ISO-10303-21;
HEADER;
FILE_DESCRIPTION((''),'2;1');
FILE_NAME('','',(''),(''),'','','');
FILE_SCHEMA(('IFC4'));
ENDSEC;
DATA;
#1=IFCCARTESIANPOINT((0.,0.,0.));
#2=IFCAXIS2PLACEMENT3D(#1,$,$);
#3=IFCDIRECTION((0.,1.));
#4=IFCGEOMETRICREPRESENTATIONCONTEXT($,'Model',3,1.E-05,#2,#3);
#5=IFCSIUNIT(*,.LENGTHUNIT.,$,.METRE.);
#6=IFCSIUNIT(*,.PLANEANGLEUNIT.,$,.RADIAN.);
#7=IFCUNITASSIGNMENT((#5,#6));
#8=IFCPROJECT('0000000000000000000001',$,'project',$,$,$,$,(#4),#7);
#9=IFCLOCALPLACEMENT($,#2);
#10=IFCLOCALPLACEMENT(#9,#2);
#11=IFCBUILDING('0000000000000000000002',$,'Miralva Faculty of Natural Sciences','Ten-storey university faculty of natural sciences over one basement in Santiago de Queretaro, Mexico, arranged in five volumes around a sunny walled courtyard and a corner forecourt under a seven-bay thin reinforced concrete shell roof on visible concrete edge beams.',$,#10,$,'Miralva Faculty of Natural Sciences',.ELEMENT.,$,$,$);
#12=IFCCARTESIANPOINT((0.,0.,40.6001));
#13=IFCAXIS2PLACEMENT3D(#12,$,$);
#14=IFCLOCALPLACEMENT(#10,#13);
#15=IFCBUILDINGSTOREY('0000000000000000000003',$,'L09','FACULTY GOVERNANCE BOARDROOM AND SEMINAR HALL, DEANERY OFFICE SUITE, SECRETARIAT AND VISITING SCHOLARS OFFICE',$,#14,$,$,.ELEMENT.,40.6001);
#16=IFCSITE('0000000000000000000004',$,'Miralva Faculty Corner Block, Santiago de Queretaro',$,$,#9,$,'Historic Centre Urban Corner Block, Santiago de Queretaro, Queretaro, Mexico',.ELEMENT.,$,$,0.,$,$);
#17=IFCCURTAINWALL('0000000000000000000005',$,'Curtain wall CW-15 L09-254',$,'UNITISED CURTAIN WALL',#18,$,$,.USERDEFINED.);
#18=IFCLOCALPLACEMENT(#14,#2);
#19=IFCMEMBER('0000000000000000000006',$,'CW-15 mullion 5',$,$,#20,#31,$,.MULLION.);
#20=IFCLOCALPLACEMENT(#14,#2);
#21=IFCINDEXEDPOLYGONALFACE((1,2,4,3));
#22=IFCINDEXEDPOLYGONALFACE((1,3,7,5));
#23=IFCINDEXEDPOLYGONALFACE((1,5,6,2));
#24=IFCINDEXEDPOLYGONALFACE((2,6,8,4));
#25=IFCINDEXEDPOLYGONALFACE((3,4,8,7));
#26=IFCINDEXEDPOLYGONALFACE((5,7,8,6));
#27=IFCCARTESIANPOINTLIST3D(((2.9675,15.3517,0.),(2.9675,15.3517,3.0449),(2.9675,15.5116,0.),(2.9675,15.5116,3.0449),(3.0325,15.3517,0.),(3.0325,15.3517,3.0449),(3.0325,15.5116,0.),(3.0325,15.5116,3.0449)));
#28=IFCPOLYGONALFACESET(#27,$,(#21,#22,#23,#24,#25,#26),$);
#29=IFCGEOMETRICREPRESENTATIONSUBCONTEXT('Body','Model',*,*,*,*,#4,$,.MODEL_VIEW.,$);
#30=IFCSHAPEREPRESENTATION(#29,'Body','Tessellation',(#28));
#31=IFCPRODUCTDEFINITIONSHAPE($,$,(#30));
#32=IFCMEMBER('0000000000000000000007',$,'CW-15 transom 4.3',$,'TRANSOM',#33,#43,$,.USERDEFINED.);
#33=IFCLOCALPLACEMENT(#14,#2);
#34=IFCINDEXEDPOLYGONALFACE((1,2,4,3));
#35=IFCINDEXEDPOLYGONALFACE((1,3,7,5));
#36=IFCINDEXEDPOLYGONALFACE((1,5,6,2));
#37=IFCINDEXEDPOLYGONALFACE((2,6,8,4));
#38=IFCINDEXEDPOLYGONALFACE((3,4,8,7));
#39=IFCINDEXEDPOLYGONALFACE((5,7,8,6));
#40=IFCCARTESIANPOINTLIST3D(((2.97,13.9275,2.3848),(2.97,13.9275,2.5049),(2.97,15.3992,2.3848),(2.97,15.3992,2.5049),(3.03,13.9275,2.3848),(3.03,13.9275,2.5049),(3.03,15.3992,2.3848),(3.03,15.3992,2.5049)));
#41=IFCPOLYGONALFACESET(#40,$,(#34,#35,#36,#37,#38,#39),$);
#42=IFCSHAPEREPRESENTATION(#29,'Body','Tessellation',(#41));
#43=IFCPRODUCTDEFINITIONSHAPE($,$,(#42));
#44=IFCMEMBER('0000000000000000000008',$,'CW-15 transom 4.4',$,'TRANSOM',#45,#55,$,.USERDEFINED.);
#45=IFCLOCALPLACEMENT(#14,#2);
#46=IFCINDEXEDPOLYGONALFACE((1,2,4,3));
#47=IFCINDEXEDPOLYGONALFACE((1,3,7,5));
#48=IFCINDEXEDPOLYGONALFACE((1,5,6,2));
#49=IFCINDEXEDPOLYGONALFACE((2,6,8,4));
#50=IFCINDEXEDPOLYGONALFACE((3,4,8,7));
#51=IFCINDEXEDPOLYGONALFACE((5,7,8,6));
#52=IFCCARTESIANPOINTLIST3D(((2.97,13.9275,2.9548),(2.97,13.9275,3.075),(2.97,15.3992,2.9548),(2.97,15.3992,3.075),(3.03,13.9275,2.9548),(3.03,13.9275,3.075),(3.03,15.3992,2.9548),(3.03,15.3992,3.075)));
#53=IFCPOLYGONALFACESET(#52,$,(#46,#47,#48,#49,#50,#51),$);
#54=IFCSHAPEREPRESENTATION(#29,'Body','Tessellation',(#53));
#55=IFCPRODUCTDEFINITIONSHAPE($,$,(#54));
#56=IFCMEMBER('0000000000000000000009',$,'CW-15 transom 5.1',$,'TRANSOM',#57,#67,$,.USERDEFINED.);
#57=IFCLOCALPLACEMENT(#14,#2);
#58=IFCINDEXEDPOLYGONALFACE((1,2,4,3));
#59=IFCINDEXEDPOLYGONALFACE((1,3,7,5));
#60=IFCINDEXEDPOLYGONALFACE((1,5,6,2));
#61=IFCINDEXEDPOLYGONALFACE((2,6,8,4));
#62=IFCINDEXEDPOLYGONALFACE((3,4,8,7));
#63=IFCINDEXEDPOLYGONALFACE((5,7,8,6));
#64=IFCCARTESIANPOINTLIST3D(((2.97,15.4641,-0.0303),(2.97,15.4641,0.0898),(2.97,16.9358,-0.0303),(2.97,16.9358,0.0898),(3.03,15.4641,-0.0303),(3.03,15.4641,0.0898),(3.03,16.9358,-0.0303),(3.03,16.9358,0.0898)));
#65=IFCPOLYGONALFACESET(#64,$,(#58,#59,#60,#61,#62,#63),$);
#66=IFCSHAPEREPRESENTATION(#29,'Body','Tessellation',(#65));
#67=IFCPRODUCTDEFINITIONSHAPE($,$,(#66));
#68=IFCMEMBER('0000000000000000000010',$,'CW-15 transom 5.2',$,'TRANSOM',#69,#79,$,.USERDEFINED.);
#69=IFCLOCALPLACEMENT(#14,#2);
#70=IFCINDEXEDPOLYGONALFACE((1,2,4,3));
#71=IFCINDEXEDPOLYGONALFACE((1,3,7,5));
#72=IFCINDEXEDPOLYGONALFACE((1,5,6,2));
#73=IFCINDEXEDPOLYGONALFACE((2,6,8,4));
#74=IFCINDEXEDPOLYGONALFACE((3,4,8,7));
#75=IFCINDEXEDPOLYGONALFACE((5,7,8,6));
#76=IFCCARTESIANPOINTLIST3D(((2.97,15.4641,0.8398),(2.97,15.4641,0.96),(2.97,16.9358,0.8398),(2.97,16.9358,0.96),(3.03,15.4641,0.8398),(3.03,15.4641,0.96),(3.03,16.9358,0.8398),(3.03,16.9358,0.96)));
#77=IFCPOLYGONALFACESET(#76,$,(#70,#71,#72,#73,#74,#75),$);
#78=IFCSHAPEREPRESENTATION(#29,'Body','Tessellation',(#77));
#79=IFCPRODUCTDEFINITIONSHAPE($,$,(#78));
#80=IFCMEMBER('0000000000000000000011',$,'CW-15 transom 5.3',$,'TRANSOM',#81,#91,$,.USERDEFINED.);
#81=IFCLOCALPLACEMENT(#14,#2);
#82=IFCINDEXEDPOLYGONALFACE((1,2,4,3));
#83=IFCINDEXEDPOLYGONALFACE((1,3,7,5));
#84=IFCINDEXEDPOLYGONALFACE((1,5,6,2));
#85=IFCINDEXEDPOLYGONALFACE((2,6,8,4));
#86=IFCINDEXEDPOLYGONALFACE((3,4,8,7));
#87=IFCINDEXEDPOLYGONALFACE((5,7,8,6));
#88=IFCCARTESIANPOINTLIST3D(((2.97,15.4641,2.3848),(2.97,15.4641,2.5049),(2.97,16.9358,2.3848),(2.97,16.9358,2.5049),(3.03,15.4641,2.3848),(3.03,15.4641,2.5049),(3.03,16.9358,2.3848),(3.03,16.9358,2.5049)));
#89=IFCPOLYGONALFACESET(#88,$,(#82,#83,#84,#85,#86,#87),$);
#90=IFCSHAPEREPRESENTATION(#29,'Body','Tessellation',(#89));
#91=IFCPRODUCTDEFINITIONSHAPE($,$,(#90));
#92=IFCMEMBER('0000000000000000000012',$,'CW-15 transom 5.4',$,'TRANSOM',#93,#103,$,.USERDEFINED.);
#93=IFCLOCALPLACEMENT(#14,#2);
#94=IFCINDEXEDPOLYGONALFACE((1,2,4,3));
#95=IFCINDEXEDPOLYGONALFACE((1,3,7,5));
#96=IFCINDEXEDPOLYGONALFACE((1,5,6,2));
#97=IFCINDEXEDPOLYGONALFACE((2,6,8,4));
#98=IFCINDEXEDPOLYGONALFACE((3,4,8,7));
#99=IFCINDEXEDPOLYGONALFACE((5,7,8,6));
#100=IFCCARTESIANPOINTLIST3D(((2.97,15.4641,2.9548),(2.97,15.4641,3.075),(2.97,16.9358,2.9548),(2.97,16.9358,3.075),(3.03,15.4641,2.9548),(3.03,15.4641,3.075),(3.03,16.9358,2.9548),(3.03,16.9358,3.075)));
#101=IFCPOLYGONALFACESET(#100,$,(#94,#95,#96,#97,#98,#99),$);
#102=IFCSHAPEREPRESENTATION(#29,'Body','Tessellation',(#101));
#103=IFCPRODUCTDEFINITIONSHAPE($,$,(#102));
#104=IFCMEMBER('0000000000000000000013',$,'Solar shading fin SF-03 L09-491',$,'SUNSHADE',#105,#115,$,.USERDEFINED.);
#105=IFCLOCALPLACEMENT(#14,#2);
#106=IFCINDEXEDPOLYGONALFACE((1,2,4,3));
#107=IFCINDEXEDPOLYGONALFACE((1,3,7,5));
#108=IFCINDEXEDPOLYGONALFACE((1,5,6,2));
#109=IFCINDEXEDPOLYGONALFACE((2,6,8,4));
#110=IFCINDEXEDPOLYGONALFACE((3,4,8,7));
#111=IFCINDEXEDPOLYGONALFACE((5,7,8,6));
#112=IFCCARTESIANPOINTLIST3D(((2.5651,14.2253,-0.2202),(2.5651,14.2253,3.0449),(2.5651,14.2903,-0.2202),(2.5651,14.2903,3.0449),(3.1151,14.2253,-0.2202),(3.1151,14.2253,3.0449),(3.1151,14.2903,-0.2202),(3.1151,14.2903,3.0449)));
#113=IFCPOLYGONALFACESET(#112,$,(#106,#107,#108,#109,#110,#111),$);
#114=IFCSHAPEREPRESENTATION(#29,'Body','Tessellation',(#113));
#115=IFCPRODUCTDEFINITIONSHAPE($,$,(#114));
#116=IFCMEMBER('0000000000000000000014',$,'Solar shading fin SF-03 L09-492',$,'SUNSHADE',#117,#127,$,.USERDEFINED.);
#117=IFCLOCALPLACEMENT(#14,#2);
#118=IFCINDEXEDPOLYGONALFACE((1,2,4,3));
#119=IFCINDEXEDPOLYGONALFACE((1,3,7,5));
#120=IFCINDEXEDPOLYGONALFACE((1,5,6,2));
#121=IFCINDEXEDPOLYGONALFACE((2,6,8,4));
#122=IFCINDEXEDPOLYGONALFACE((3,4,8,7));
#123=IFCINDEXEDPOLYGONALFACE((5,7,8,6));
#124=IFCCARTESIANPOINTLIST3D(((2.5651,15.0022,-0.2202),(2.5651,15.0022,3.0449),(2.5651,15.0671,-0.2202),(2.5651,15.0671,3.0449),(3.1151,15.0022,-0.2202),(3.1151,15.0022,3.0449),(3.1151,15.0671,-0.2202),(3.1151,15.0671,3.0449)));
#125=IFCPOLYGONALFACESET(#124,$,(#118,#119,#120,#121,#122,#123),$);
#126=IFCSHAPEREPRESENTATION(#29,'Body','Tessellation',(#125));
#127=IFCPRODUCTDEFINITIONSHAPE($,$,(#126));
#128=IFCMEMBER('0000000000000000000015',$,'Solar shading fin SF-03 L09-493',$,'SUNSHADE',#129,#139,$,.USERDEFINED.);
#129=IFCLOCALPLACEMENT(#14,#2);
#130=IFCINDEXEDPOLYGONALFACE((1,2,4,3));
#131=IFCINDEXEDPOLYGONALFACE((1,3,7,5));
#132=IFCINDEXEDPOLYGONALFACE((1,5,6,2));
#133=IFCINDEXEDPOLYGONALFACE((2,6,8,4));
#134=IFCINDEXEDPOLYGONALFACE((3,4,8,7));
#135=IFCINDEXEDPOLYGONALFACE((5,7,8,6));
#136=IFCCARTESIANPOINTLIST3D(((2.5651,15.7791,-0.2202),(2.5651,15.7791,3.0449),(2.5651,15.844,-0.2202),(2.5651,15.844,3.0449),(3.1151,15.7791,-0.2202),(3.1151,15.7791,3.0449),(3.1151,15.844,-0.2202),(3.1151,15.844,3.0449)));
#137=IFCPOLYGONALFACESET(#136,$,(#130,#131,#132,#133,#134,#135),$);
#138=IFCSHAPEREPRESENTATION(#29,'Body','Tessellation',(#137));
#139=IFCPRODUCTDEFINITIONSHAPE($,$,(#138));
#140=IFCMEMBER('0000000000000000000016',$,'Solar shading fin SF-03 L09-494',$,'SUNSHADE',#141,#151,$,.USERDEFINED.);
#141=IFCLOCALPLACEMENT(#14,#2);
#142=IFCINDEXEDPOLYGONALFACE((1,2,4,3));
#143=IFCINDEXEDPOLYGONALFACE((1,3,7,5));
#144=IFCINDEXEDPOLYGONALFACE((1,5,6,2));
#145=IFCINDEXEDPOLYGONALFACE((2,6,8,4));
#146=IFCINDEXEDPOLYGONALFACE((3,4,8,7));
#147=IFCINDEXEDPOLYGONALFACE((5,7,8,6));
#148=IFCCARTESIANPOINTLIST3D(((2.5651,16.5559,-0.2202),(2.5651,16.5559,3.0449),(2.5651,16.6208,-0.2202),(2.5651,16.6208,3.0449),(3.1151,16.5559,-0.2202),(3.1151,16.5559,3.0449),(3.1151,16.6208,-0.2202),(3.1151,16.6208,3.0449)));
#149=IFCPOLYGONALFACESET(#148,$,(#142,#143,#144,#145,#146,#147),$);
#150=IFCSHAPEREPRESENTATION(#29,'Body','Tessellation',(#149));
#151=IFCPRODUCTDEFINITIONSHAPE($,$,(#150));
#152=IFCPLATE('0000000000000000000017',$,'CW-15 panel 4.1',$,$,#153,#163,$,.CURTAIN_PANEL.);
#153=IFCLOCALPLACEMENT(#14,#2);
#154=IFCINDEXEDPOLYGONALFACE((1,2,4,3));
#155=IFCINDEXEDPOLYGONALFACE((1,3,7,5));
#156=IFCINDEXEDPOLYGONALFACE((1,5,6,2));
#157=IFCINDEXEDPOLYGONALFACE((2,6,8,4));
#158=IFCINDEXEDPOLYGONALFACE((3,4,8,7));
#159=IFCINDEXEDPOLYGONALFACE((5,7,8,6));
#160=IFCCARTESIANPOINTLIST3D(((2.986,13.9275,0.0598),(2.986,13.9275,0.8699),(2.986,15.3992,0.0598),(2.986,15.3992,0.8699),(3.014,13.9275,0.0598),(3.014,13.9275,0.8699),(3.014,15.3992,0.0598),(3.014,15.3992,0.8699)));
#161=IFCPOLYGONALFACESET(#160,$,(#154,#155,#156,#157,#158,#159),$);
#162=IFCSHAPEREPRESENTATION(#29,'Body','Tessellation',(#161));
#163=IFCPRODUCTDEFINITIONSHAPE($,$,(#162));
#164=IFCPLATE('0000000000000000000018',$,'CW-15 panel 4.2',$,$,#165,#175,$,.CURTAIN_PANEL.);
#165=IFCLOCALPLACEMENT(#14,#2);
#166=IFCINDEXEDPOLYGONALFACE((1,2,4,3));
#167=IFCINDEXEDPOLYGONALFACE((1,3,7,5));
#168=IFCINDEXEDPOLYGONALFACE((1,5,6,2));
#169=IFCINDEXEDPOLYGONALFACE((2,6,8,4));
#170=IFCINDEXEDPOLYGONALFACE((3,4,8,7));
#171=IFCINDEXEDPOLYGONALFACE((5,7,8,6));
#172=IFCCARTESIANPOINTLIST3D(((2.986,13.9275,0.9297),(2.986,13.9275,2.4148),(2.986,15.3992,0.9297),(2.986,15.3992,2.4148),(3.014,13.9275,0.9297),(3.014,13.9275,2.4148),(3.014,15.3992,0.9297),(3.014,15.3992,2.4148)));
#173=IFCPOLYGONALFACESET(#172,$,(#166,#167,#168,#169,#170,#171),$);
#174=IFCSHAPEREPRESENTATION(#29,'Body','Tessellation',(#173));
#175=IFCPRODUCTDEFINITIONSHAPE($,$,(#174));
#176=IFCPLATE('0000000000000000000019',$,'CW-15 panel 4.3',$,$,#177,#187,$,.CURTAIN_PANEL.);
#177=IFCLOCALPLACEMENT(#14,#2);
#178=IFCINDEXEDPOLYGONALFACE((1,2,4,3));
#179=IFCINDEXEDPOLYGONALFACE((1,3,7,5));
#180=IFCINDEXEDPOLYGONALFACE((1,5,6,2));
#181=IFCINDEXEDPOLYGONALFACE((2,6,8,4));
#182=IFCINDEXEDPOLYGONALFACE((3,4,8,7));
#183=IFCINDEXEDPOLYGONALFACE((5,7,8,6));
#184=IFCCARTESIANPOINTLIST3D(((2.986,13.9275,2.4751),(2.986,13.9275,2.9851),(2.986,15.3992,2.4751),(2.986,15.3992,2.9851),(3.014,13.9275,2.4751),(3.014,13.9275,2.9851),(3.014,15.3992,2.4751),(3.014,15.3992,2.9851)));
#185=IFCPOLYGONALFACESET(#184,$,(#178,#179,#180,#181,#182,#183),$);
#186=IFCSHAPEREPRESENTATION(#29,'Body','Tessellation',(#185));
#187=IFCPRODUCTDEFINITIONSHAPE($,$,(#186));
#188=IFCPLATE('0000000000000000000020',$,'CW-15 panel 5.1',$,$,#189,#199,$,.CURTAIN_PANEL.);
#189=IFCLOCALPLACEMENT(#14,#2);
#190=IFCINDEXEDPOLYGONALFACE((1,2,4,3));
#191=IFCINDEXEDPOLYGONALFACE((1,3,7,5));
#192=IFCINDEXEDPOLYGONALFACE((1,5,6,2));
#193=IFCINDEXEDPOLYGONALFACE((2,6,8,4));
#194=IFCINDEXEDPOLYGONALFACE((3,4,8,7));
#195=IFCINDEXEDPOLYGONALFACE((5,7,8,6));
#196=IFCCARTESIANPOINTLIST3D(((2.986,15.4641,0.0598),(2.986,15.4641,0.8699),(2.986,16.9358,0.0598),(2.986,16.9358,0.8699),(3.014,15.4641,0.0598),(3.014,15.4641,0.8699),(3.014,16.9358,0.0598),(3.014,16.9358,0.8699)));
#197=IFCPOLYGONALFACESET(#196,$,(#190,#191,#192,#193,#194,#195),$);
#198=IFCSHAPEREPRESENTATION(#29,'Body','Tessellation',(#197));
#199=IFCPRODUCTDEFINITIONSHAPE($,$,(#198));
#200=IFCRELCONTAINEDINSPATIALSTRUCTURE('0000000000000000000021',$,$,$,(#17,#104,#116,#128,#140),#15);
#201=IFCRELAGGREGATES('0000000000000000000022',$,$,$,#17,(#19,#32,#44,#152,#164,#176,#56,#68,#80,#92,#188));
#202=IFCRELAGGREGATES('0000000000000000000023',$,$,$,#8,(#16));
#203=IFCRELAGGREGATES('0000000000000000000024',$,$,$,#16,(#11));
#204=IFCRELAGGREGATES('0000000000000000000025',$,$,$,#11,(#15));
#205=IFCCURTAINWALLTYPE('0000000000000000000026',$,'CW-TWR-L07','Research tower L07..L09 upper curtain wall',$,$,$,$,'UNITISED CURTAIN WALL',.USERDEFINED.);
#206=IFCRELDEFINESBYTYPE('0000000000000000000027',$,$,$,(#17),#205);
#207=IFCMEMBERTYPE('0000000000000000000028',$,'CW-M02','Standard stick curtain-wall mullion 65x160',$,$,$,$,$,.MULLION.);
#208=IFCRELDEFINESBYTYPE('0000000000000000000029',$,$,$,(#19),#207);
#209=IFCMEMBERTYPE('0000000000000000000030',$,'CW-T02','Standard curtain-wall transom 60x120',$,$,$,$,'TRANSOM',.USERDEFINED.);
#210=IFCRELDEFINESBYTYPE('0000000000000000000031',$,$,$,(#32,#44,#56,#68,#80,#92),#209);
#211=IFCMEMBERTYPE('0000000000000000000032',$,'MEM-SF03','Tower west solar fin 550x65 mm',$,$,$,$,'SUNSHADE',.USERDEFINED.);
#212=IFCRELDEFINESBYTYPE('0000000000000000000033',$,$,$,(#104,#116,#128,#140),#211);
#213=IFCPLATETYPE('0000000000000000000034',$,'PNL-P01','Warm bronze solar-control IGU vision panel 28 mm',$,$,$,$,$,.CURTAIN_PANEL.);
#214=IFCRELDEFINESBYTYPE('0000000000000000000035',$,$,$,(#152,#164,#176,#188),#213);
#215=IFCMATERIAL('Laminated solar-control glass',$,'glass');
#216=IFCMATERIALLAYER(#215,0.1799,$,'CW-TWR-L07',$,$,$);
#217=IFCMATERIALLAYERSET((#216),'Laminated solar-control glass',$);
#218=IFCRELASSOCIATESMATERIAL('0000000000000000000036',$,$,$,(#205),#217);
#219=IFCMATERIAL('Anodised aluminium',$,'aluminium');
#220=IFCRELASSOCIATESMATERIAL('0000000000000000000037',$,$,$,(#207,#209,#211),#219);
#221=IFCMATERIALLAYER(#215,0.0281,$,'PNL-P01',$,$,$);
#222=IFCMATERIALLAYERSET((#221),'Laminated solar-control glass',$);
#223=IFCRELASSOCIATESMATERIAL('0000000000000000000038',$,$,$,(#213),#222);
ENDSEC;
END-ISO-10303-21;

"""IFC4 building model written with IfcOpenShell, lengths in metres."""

from ifc_helpers import new_model, si_unit, direction, frame, origin, origin_2d, place, context, subcontext, project, spatial, rectangle, extrude, material, layer, layer_set, material_profile, profile_set, type_object, element, aggregate, save


model = new_model("IFC4")

# Units and contexts
model_context = context("Model", 3, precision=1e-05, world=origin(), true_north=direction((0.0, 1.0)))
body_context = subcontext(model_context, "Body", "Model", "MODEL_VIEW")
ifc_project = project(units=[si_unit("LENGTHUNIT", "METRE"), si_unit("PLANEANGLEUNIT", "RADIAN")], contexts=[model_context])

# Site, building, storey
site_placement = place(None, origin())
site = spatial("IfcSite", under=ifc_project, at=site_placement, Name="Miralva Faculty Corner Block, Santiago de Queretaro", LongName="Historic Centre Urban Corner Block, Santiago de Queretaro, Queretaro, Mexico", CompositionType="ELEMENT", RefElevation=0.0)
building_placement = place(site_placement, origin())
building = spatial("IfcBuilding", under=site, at=building_placement, Name="Miralva Faculty of Natural Sciences", Description="Ten-storey university faculty of natural sciences over one basement in Santiago de Queretaro, Mexico, arranged in five volumes around a sunny walled courtyard and a corner forecourt under a seven-bay thin reinforced concrete shell roof on visible concrete edge beams.", LongName="Miralva Faculty of Natural Sciences", CompositionType="ELEMENT")
storey_placement = place(building_placement, frame((0.0, 0.0, 40.6001)))
storey = spatial("IfcBuildingStorey", under=building, at=storey_placement, Name="L09", Description="FACULTY GOVERNANCE BOARDROOM AND SEMINAR HALL, DEANERY OFFICE SUITE, SECRETARIAT AND VISITING SCHOLARS OFFICE", CompositionType="ELEMENT", Elevation=40.6001)

# Curtain wall, members
ifc_material_1 = material(Name="Laminated solar-control glass", Category="glass")
ifc_layer_1 = layer(ifc_material_1, 0.1799, Name="CW-TWR-L07")
ifc_layer_set_1 = layer_set([ifc_layer_1], Name="Laminated solar-control glass")
curtain_wall_type = type_object("IfcCurtainWallType", Name="CW-TWR-L07", Description="Research tower L07..L09 upper curtain wall", ElementType="UNITISED CURTAIN WALL", PredefinedType="USERDEFINED", material=ifc_layer_set_1)
curtain_wall_placement = place(storey_placement, origin())
curtain_wall = element("IfcCurtainWall", 1, at=curtain_wall_placement, inside=storey, type_object=curtain_wall_type, Name="Curtain wall CW-15 L09-254", ObjectType="UNITISED CURTAIN WALL", PredefinedType="USERDEFINED")
ifc_material_2 = material(Name="Anodised aluminium", Category="aluminium")
ifc_material_profile_1 = material_profile(ifc_material_2, rectangle(XDim=0.0649, YDim=0.1599, at=origin_2d()), Name="MULLION 65x160")
ifc_profile_set_1 = profile_set([ifc_material_profile_1], Name="Anodised aluminium")
member_type_1 = type_object("IfcMemberType", Name="CW-M02", Description="Standard stick curtain-wall mullion 65x160", PredefinedType="MULLION", material=ifc_profile_set_1)
member_1_placement = place(storey_placement, frame((3.0, 15.4316, 0.0), z_axis=(0.0, 0.0, 1.0), x_axis=(-1.0, 0.0, 0.0)))
member_1 = element("IfcMember", 2, at=member_1_placement, type_object=member_type_1, Name="CW-15 mullion 5", PredefinedType="MULLION", context=body_context, shape_type="SweptSolid", body=[
    extrude(rectangle(XDim=0.0649, YDim=0.1599, at=origin_2d()), origin(), (0.0, 0.0, 1.0), 3.0449),
])
ifc_material_profile_2 = material_profile(ifc_material_2, rectangle(XDim=0.0601, YDim=0.1201, at=origin_2d()), Name="TRANSOM 60x120")
ifc_profile_set_2 = profile_set([ifc_material_profile_2], Name="Anodised aluminium")
member_type_2 = type_object("IfcMemberType", Name="CW-T02", Description="Standard curtain-wall transom 60x120", ElementType="TRANSOM", PredefinedType="USERDEFINED", material=ifc_profile_set_2)
member_2_placement = place(storey_placement, frame((3.0, 13.9275, 2.4448), z_axis=(0.0, 1.0, 0.0), x_axis=(-1.0, 0.0, 0.0)))
member_2 = element("IfcMember", 3, at=member_2_placement, type_object=member_type_2, Name="CW-15 transom 4.3", ObjectType="TRANSOM", PredefinedType="USERDEFINED", context=body_context, shape_type="SweptSolid", body=[
    extrude(rectangle(XDim=0.0601, YDim=0.1201, at=origin_2d()), origin(), (0.0, 0.0, 1.0), 1.4717),
])
member_3_placement = place(storey_placement, frame((3.0, 13.9275, 3.0149), z_axis=(0.0, 1.0, 0.0), x_axis=(-1.0, 0.0, 0.0)))
member_3 = element("IfcMember", 4, at=member_3_placement, type_object=member_type_2, Name="CW-15 transom 4.4", ObjectType="TRANSOM", PredefinedType="USERDEFINED", context=body_context, shape_type="SweptSolid", body=[
    extrude(rectangle(XDim=0.0601, YDim=0.1201, at=origin_2d()), origin(), (0.0, 0.0, 1.0), 1.4717),
])
member_4_placement = place(storey_placement, frame((3.0, 15.4641, 0.0298), z_axis=(0.0, 1.0, 0.0), x_axis=(-1.0, 0.0, 0.0)))
member_4 = element("IfcMember", 5, at=member_4_placement, type_object=member_type_2, Name="CW-15 transom 5.1", ObjectType="TRANSOM", PredefinedType="USERDEFINED", context=body_context, shape_type="SweptSolid", body=[
    extrude(rectangle(XDim=0.0601, YDim=0.1201, at=origin_2d()), origin(), (0.0, 0.0, 1.0), 1.4717),
])
member_5_placement = place(storey_placement, frame((3.0, 15.4641, 0.8999), z_axis=(0.0, 1.0, 0.0), x_axis=(-1.0, 0.0, 0.0)))
member_5 = element("IfcMember", 6, at=member_5_placement, type_object=member_type_2, Name="CW-15 transom 5.2", ObjectType="TRANSOM", PredefinedType="USERDEFINED", context=body_context, shape_type="SweptSolid", body=[
    extrude(rectangle(XDim=0.0601, YDim=0.1201, at=origin_2d()), origin(), (0.0, 0.0, 1.0), 1.4717),
])
member_6_placement = place(storey_placement, frame((3.0, 15.4641, 2.4448), z_axis=(0.0, 1.0, 0.0), x_axis=(-1.0, 0.0, 0.0)))
member_6 = element("IfcMember", 7, at=member_6_placement, type_object=member_type_2, Name="CW-15 transom 5.3", ObjectType="TRANSOM", PredefinedType="USERDEFINED", context=body_context, shape_type="SweptSolid", body=[
    extrude(rectangle(XDim=0.0601, YDim=0.1201, at=origin_2d()), origin(), (0.0, 0.0, 1.0), 1.4717),
])
member_7_placement = place(storey_placement, frame((3.0, 15.4641, 3.0149), z_axis=(0.0, 1.0, 0.0), x_axis=(-1.0, 0.0, 0.0)))
member_7 = element("IfcMember", 8, at=member_7_placement, type_object=member_type_2, Name="CW-15 transom 5.4", ObjectType="TRANSOM", PredefinedType="USERDEFINED", context=body_context, shape_type="SweptSolid", body=[
    extrude(rectangle(XDim=0.0601, YDim=0.1201, at=origin_2d()), origin(), (0.0, 0.0, 1.0), 1.4717),
])

# Members
ifc_material_profile_3 = material_profile(ifc_material_2, rectangle(XDim=0.0649, YDim=0.55, at=origin_2d()), Name="FIN 550x65")
ifc_profile_set_3 = profile_set([ifc_material_profile_3], Name="Anodised aluminium")
member_type_3 = type_object("IfcMemberType", Name="MEM-SF03", Description="Tower west solar fin 550x65 mm", ElementType="SUNSHADE", PredefinedType="USERDEFINED", material=ifc_profile_set_3)
for number, where, z_axis, x_axis, name in (
    (9, (2.8401, 14.2578, -0.2202), (0.0, 0.0, 1.0), (0.0, -1.0, 0.0), "Solar shading fin SF-03 L09-491"),
    (10, (2.8401, 15.0347, -0.2202), (0.0, 0.0, 1.0), (0.0, -1.0, 0.0), "Solar shading fin SF-03 L09-492"),
    (11, (2.8401, 15.8115, -0.2202), (0.0, 0.0, 1.0), (0.0, -1.0, 0.0), "Solar shading fin SF-03 L09-493"),
    (12, (2.8401, 16.5884, -0.2202), (0.0, 0.0, 1.0), (0.0, -1.0, 0.0), "Solar shading fin SF-03 L09-494"),
):
    element("IfcMember", number, at=place(storey_placement, frame(where, z_axis=z_axis, x_axis=x_axis)), inside=storey, type_object=member_type_3, Name=name, ObjectType="SUNSHADE", PredefinedType="USERDEFINED", context=body_context, shape_type="SweptSolid", body=[
        extrude(rectangle(XDim=0.0649, YDim=0.55, at=origin_2d()), origin(), (0.0, 0.0, 1.0), 3.2651),
    ])

# Plates
ifc_layer_2 = layer(ifc_material_1, 0.0281, Name="PNL-P01")
ifc_layer_set_2 = layer_set([ifc_layer_2], Name="Laminated solar-control glass")
plate_type = type_object("IfcPlateType", Name="PNL-P01", Description="Warm bronze solar-control IGU vision panel 28 mm", PredefinedType="CURTAIN_PANEL", material=ifc_layer_set_2)
plate_1_placement = place(storey_placement, frame((3.0, 14.6633, 0.0598), z_axis=(0.0, 0.0, 1.0), x_axis=(0.0, 1.0, 0.0)))
plate_1 = element("IfcPlate", 13, at=plate_1_placement, type_object=plate_type, Name="CW-15 panel 4.1", PredefinedType="CURTAIN_PANEL", context=body_context, shape_type="SweptSolid", body=[
    extrude(rectangle(XDim=1.4717, YDim=0.0281, at=origin_2d()), origin(), (0.0, 0.0, 1.0), 0.8101),
])
plate_2_placement = place(storey_placement, frame((3.0, 14.6633, 0.9297), z_axis=(0.0, 0.0, 1.0), x_axis=(0.0, 1.0, 0.0)))
plate_2 = element("IfcPlate", 14, at=plate_2_placement, type_object=plate_type, Name="CW-15 panel 4.2", PredefinedType="CURTAIN_PANEL", context=body_context, shape_type="SweptSolid", body=[
    extrude(rectangle(XDim=1.4717, YDim=0.0281, at=origin_2d()), origin(), (0.0, 0.0, 1.0), 1.4851),
])
plate_3_placement = place(storey_placement, frame((3.0, 14.6633, 2.4751), z_axis=(0.0, 0.0, 1.0), x_axis=(0.0, 1.0, 0.0)))
plate_3 = element("IfcPlate", 15, at=plate_3_placement, type_object=plate_type, Name="CW-15 panel 4.3", PredefinedType="CURTAIN_PANEL", context=body_context, shape_type="SweptSolid", body=[
    extrude(rectangle(XDim=1.4717, YDim=0.0281, at=origin_2d()), origin(), (0.0, 0.0, 1.0), 0.51),
])
plate_4_placement = place(storey_placement, frame((3.0, 16.2, 0.0598), z_axis=(0.0, 0.0, 1.0), x_axis=(0.0, 1.0, 0.0)))
plate_4 = element("IfcPlate", 16, at=plate_4_placement, type_object=plate_type, Name="CW-15 panel 5.1", PredefinedType="CURTAIN_PANEL", context=body_context, shape_type="SweptSolid", body=[
    extrude(rectangle(XDim=1.4717, YDim=0.0281, at=origin_2d()), origin(), (0.0, 0.0, 1.0), 0.8101),
])
aggregate(curtain_wall, [member_1, member_2, member_3, plate_1, plate_2, plate_3, member_4, member_5, member_6, member_7, plate_4])

save(model, "model.ifc")
